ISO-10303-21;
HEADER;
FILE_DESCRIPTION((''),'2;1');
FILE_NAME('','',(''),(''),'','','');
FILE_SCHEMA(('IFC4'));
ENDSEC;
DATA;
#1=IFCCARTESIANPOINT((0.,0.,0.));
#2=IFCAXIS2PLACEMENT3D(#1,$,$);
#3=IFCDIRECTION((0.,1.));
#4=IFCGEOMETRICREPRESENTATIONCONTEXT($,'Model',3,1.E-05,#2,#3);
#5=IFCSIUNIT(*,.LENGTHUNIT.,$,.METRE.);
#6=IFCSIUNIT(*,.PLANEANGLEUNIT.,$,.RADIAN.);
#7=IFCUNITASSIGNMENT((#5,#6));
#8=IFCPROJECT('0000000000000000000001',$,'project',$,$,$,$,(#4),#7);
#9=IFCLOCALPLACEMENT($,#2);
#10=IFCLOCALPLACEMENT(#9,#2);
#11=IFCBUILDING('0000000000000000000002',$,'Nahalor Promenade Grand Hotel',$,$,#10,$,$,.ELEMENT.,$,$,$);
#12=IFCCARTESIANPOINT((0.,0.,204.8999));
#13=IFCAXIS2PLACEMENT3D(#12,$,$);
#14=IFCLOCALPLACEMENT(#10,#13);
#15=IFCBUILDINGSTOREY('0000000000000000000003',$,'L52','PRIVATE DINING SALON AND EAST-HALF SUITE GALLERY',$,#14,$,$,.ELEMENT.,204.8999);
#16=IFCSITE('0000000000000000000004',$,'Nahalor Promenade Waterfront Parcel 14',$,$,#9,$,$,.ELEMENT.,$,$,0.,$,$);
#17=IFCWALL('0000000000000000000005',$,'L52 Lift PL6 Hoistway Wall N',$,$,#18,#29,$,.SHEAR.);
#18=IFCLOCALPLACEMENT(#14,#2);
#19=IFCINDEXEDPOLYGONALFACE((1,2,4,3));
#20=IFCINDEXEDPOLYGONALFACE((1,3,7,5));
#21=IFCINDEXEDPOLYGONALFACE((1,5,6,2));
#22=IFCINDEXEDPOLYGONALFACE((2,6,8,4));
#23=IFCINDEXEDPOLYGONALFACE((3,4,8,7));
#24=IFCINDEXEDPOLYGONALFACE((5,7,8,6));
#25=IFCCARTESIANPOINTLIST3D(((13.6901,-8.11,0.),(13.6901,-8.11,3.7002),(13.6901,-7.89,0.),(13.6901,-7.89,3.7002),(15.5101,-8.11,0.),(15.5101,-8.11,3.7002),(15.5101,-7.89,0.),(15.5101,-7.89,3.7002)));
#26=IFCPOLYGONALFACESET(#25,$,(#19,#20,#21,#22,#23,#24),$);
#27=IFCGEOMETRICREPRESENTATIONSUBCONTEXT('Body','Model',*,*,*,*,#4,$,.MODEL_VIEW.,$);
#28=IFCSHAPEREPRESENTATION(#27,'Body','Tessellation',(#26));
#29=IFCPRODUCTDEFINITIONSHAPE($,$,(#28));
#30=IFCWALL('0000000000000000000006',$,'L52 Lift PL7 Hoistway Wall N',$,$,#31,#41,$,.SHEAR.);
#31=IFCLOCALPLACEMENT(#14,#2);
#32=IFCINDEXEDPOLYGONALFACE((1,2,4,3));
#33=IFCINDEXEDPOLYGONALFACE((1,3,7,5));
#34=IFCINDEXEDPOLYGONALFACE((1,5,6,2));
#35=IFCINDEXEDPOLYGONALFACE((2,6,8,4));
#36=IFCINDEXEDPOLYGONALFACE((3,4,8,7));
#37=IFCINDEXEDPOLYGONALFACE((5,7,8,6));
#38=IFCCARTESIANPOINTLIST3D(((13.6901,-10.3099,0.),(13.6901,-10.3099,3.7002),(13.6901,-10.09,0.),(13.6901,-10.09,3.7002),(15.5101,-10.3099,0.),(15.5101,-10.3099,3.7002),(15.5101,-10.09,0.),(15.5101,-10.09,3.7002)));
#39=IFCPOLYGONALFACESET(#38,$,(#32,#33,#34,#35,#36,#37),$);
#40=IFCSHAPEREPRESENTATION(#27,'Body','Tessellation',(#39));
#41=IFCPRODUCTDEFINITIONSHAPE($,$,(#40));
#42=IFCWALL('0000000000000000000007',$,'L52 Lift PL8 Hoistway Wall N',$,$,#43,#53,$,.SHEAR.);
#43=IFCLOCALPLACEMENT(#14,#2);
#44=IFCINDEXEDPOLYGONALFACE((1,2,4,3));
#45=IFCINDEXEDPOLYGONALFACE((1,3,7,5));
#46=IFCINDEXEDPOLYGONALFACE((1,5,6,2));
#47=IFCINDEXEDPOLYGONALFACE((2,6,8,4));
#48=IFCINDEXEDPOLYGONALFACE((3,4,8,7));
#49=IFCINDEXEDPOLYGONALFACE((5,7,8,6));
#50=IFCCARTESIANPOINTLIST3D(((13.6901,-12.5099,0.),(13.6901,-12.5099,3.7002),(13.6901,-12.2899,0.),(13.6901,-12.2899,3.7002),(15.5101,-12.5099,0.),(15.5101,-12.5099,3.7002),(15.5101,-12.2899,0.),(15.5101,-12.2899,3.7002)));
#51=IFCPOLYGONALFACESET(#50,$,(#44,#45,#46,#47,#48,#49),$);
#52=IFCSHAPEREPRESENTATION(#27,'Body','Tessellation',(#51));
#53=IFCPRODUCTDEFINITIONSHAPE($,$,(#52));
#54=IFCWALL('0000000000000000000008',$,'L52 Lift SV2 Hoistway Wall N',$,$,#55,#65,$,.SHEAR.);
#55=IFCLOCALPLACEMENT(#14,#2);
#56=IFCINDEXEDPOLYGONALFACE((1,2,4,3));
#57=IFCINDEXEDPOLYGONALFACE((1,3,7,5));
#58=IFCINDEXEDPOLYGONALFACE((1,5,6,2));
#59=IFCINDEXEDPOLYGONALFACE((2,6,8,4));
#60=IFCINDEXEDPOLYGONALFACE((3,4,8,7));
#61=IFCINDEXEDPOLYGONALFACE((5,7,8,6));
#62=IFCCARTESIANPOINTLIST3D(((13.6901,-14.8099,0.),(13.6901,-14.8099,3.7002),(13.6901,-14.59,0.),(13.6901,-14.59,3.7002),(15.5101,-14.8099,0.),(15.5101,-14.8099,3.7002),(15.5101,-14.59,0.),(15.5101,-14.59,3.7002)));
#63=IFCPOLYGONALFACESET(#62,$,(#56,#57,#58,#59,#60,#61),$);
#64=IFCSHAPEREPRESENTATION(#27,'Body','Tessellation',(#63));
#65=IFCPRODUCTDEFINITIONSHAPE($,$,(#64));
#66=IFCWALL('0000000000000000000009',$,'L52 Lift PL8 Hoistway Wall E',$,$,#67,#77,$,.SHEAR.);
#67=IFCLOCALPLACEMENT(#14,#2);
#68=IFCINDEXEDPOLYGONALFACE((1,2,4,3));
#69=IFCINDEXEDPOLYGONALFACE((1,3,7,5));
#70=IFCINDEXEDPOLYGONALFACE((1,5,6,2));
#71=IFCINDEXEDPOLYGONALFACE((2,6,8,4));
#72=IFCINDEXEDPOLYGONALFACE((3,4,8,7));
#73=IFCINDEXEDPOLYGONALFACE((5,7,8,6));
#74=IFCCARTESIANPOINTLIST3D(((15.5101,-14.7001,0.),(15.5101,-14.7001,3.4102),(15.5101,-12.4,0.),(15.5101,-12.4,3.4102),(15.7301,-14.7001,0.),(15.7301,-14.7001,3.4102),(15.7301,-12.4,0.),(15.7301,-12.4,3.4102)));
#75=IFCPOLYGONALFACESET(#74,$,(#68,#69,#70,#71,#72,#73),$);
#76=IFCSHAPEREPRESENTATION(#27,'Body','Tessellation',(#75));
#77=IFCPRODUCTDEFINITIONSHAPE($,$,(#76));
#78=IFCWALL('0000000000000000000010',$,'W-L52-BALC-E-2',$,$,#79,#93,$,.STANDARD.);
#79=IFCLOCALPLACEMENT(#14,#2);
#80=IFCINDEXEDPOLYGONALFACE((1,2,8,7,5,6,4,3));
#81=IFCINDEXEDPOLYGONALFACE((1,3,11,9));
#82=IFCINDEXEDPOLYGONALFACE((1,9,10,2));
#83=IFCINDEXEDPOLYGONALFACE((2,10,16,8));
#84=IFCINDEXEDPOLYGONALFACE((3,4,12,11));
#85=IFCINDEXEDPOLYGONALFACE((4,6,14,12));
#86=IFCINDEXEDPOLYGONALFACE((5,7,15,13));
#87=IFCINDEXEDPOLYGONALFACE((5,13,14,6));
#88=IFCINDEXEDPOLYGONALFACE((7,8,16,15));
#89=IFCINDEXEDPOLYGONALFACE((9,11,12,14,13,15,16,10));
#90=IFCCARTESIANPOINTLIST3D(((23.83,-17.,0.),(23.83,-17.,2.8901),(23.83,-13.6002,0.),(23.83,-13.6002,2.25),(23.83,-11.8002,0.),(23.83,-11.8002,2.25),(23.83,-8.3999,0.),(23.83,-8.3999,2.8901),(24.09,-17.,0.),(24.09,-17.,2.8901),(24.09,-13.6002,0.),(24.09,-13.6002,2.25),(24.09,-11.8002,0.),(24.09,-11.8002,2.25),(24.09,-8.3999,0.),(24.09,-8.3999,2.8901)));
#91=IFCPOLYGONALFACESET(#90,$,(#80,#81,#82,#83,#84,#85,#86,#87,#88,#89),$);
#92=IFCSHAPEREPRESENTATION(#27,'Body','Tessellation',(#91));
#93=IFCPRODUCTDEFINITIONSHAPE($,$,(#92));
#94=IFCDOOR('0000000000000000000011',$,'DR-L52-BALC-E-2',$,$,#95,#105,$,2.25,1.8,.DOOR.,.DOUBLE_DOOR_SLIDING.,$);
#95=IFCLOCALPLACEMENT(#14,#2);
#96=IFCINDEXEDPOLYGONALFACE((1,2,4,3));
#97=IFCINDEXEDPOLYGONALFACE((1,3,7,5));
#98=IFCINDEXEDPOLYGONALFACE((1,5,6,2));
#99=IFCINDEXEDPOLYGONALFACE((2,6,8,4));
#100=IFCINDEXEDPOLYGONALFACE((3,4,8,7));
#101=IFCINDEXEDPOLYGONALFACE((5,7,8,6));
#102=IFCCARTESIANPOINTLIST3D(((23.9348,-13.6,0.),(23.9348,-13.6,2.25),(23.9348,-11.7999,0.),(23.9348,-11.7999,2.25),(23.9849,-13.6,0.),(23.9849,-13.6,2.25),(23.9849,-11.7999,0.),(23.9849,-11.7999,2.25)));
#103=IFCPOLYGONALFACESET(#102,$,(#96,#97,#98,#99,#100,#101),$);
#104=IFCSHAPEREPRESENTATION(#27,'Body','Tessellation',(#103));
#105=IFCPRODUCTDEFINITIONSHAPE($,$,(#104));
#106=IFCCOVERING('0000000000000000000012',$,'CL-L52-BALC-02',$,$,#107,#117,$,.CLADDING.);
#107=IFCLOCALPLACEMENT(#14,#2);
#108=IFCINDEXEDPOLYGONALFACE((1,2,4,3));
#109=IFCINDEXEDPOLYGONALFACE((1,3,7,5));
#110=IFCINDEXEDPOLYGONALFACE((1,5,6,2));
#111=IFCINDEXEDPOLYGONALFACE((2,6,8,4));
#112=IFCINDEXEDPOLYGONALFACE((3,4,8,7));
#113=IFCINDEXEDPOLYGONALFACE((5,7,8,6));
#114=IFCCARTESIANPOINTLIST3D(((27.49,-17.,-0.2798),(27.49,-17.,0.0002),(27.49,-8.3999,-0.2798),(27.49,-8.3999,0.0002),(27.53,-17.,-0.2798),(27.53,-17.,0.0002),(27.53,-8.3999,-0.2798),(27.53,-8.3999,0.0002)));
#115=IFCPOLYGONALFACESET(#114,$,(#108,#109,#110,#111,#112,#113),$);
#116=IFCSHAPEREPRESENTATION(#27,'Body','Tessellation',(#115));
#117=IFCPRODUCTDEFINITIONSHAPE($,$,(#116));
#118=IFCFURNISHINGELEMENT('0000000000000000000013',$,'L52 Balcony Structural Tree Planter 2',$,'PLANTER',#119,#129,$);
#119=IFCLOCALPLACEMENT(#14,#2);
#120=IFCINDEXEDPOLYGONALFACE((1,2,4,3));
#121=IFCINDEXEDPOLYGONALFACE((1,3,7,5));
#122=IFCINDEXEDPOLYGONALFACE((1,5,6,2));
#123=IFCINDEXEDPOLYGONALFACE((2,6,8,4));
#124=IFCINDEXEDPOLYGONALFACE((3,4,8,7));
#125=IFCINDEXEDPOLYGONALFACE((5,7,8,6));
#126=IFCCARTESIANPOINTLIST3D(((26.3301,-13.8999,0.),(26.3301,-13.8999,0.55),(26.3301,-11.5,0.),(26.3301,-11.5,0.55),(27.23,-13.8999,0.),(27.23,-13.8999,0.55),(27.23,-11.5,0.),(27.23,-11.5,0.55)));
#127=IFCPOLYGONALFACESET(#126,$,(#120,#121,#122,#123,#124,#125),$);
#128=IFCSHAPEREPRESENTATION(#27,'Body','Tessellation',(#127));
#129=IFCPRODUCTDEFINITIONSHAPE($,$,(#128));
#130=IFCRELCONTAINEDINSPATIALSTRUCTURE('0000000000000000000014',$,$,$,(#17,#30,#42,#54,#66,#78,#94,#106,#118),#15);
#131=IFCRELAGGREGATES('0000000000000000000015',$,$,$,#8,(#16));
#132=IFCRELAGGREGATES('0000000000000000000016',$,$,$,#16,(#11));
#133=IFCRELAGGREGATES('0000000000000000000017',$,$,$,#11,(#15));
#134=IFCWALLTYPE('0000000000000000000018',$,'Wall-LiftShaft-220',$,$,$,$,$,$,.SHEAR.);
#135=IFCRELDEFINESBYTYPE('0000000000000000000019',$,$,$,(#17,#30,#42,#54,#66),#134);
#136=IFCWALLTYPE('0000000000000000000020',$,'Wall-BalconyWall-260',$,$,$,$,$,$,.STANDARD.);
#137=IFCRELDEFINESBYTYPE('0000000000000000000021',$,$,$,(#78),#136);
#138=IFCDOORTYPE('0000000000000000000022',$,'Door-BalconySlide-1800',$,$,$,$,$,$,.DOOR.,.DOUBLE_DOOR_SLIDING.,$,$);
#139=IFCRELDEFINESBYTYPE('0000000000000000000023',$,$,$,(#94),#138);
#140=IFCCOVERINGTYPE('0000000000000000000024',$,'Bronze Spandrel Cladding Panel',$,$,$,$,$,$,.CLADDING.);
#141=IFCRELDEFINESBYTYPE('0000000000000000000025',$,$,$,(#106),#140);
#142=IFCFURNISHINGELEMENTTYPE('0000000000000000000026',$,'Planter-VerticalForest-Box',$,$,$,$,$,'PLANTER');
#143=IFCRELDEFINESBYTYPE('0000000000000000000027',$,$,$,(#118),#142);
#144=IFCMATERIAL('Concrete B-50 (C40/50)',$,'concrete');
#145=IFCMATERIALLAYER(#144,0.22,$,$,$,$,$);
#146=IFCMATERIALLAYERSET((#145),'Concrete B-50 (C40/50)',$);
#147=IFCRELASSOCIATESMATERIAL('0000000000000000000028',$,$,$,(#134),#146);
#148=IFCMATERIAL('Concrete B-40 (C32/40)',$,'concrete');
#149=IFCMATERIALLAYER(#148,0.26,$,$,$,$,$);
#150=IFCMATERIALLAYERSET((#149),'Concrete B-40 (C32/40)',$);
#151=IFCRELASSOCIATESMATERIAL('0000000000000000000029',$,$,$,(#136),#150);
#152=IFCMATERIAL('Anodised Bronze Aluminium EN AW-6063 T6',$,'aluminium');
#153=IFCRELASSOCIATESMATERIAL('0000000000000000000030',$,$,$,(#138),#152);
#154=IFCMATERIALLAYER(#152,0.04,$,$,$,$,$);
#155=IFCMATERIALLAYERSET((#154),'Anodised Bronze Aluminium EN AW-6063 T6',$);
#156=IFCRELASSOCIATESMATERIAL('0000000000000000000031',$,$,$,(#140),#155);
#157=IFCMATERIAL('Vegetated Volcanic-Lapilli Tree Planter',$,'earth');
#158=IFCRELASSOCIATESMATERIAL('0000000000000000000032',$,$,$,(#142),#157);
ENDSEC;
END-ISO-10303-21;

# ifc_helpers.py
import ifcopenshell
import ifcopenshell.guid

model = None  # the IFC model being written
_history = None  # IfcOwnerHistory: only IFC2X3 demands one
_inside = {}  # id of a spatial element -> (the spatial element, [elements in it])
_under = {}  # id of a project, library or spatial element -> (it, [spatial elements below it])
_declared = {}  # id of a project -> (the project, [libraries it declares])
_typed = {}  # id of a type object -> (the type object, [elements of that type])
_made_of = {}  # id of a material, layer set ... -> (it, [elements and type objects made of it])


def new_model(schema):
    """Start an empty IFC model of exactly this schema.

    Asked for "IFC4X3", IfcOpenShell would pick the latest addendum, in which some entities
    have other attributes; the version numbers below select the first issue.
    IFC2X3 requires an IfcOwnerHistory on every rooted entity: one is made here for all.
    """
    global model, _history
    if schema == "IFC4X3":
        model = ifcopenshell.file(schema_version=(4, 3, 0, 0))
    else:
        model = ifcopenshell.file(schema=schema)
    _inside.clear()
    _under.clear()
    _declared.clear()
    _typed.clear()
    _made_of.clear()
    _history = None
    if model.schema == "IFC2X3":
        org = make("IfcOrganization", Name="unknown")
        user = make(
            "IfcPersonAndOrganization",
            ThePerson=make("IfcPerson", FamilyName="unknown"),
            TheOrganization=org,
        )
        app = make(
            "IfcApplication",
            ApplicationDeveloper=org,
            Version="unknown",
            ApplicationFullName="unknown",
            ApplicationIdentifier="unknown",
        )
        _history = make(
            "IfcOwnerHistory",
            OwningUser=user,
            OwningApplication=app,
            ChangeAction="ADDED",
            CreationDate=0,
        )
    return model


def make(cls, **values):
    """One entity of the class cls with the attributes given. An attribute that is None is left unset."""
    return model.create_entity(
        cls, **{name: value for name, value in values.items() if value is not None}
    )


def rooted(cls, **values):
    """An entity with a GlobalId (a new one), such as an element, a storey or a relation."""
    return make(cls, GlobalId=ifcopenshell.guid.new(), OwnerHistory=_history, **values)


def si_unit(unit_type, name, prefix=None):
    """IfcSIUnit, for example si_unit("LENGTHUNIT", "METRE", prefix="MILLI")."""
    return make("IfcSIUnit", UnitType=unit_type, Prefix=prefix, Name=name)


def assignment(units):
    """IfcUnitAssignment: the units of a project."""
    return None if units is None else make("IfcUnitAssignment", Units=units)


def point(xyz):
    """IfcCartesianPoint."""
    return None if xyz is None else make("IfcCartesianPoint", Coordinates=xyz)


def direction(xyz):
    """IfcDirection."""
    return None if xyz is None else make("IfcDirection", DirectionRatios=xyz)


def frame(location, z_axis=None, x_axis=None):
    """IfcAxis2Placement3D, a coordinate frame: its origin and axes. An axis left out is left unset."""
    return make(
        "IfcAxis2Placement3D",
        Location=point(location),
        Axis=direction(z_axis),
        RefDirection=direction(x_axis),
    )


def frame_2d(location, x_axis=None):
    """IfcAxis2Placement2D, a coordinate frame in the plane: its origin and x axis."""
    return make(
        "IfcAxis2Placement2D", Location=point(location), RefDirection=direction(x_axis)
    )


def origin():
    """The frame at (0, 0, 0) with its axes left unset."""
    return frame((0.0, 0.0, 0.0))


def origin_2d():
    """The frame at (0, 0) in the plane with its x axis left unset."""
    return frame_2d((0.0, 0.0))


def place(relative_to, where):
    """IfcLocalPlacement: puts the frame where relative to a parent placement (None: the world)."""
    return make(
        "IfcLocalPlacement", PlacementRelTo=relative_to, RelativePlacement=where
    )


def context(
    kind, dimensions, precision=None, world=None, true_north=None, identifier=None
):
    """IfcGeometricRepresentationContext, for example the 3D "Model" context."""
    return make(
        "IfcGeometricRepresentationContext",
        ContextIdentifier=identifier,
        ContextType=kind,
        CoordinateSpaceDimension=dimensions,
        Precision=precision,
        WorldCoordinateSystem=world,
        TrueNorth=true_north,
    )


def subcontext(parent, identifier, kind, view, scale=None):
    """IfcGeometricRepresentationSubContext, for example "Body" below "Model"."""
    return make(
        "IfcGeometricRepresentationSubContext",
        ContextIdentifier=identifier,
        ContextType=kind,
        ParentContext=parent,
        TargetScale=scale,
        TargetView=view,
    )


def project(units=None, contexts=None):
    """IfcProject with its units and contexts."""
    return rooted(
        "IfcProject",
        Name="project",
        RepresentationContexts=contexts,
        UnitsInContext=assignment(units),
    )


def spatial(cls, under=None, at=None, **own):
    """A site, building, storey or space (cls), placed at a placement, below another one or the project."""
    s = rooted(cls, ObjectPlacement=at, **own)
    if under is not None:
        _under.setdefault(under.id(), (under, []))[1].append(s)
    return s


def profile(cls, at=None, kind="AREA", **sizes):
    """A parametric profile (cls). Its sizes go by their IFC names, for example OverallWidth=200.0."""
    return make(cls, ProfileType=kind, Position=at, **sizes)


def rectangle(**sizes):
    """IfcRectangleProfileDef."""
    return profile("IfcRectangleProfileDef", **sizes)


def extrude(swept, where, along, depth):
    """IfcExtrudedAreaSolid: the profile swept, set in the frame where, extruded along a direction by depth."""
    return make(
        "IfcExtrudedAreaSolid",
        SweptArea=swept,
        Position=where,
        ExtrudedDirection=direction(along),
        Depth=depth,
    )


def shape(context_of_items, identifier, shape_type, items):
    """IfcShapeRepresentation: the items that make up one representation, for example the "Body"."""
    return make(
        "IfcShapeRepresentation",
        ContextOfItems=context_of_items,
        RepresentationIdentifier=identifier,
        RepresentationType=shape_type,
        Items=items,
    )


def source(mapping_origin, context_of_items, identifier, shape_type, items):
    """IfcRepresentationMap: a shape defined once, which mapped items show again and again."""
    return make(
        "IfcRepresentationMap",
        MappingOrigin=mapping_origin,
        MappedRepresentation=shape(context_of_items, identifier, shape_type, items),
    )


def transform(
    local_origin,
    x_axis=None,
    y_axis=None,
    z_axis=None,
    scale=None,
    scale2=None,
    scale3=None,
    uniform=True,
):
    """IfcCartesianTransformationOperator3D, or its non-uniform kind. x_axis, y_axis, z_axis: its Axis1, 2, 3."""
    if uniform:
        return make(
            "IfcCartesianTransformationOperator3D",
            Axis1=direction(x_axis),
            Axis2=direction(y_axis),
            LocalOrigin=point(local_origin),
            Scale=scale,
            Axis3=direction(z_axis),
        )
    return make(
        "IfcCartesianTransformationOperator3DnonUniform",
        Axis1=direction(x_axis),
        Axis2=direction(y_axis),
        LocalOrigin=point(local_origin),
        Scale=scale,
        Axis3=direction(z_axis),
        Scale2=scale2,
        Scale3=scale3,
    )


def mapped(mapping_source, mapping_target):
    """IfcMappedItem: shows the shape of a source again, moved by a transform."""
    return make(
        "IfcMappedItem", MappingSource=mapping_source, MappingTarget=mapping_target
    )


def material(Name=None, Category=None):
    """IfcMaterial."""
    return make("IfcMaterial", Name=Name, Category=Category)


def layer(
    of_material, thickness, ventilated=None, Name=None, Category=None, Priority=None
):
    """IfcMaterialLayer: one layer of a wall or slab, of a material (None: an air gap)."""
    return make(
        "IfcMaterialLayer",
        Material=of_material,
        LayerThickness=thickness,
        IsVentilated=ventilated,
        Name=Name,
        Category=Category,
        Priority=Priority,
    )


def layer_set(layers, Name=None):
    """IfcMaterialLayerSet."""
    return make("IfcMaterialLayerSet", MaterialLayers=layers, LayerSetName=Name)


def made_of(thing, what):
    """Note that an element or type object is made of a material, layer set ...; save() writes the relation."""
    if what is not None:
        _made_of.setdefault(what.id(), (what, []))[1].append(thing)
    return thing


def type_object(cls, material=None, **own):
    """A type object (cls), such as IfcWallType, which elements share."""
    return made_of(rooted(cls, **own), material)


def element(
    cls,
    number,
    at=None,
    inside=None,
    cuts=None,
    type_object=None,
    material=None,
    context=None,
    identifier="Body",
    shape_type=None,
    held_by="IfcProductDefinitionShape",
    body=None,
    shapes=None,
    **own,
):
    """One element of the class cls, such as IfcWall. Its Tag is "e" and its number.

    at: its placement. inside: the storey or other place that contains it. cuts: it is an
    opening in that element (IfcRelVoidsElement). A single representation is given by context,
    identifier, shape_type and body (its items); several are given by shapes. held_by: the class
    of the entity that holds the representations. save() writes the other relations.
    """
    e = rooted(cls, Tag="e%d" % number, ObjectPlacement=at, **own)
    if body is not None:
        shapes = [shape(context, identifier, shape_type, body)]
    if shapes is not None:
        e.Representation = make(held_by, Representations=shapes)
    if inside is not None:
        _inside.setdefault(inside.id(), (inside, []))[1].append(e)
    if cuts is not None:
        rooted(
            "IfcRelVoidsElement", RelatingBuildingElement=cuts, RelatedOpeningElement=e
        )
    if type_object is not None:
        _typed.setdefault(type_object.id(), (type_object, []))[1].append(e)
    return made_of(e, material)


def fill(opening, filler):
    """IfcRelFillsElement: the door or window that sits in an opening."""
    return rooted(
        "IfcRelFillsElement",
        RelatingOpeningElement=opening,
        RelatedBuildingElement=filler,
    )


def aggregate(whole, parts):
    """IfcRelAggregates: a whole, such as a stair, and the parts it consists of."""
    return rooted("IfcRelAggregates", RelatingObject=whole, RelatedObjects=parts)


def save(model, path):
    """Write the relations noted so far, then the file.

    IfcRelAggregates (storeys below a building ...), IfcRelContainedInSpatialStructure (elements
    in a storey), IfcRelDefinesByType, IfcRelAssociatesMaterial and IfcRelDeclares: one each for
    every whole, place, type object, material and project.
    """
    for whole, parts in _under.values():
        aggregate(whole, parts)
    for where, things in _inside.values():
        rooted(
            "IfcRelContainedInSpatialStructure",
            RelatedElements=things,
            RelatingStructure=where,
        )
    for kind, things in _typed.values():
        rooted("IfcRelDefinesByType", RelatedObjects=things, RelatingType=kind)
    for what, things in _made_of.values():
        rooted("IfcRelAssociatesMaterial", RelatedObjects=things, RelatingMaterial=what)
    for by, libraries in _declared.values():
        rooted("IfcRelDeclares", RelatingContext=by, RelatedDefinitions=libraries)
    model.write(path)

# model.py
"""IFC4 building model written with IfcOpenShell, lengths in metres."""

from ifc_helpers import new_model, si_unit, direction, frame, frame_2d, origin, origin_2d, place, context, subcontext, project, spatial, rectangle, extrude, source, transform, mapped, material, layer, layer_set, type_object, element, fill, save


model = new_model("IFC4")

# Units and contexts
model_context = context("Model", 3, precision=1e-05, world=origin(), true_north=direction((0.0, 1.0)))
body_context = subcontext(model_context, "Body", "Model", "MODEL_VIEW")
ifc_project = project(units=[si_unit("LENGTHUNIT", "METRE"), si_unit("PLANEANGLEUNIT", "RADIAN")], contexts=[model_context])

# Site, building, storey
site_placement = place(None, origin())
site = spatial("IfcSite", under=ifc_project, at=site_placement, Name="Nahalor Promenade Waterfront Parcel 14", CompositionType="ELEMENT", RefElevation=0.0)
building_placement = place(site_placement, origin())
building = spatial("IfcBuilding", under=site, at=building_placement, Name="Nahalor Promenade Grand Hotel", CompositionType="ELEMENT")
storey_placement = place(building_placement, frame((0.0, 0.0, 204.8999)))
storey = spatial("IfcBuildingStorey", under=building, at=storey_placement, Name="L52", Description="PRIVATE DINING SALON AND EAST-HALF SUITE GALLERY", CompositionType="ELEMENT", Elevation=204.8999)

# Shared definitions
ifc_material_1 = material(Name="Anodised Bronze Aluminium EN AW-6063 T6", Category="aluminium")

# Walls
ifc_material_2 = material(Name="Concrete B-50 (C40/50)", Category="concrete")
ifc_layer_1 = layer(ifc_material_2, 0.22)
ifc_layer_set_1 = layer_set([ifc_layer_1], Name="Concrete B-50 (C40/50)")
wall_type_1 = type_object("IfcWallType", Name="Wall-LiftShaft-220", PredefinedType="SHEAR", material=ifc_layer_set_1)
shared_shape_1 = source(origin(), body_context, "Body", "SweptSolid", [
    extrude(rectangle(XDim=1.8201, YDim=0.22, at=frame_2d((0.9102, 0.0))), origin(), (0.0, 0.0, 1.0), 3.7002),
])
for number, where, z_axis, x_axis, name in (
    (1, (13.6899, -8.0, 0.0), (0.0, 0.0, 1.0), (1.0, 0.0, 0.0), "L52 Lift PL6 Hoistway Wall N"),
    (2, (13.6899, -10.2, 0.0), (0.0, 0.0, 1.0), (1.0, 0.0, 0.0), "L52 Lift PL7 Hoistway Wall N"),
    (3, (13.6899, -12.3999, 0.0), (0.0, 0.0, 1.0), (1.0, 0.0, 0.0), "L52 Lift PL8 Hoistway Wall N"),
    (4, (13.6899, -14.7, 0.0), (0.0, 0.0, 1.0), (1.0, 0.0, 0.0), "L52 Lift SV2 Hoistway Wall N"),
):
    element("IfcWall", number, at=place(storey_placement, frame(where, z_axis=z_axis, x_axis=x_axis)), inside=storey, type_object=wall_type_1, Name=name, PredefinedType="SHEAR", context=body_context, shape_type="MappedRepresentation", body=[
        mapped(shared_shape_1, transform((0.0, 0.0, 0.0), scale=1.0)),
    ])
shared_shape_2 = source(origin(), body_context, "Body", "SweptSolid", [
    extrude(rectangle(XDim=2.3, YDim=0.22, at=frame_2d((1.1499, 0.0))), origin(), (0.0, 0.0, 1.0), 3.4102),
])
wall_1_placement = place(storey_placement, frame((15.6201, -14.7, 0.0), z_axis=(0.0, 0.0, 1.0), x_axis=(0.0, 1.0, 0.0)))
element("IfcWall", 5, at=wall_1_placement, inside=storey, type_object=wall_type_1, Name="L52 Lift PL8 Hoistway Wall E", PredefinedType="SHEAR", context=body_context, shape_type="MappedRepresentation", body=[
    mapped(shared_shape_2, transform((0.0, 0.0, 0.0), scale=1.0)),
])

# Wall, opening, door
ifc_material_3 = material(Name="Concrete B-40 (C32/40)", Category="concrete")
ifc_layer_2 = layer(ifc_material_3, 0.26)
ifc_layer_set_2 = layer_set([ifc_layer_2], Name="Concrete B-40 (C32/40)")
wall_type_2 = type_object("IfcWallType", Name="Wall-BalconyWall-260", PredefinedType="STANDARD", material=ifc_layer_set_2)
shared_shape_3 = source(origin(), body_context, "Body", "SweptSolid", [
    extrude(rectangle(XDim=8.6001, YDim=0.26, at=frame_2d((4.3, 0.0))), origin(), (0.0, 0.0, 1.0), 2.8901),
])
wall_2_placement = place(storey_placement, frame((23.96, -17.0, 0.0), z_axis=(0.0, 0.0, 1.0), x_axis=(0.0, 1.0, 0.0)))
wall_2 = element("IfcWall", 6, at=wall_2_placement, inside=storey, type_object=wall_type_2, Name="W-L52-BALC-E-2", PredefinedType="STANDARD", context=body_context, shape_type="MappedRepresentation", body=[
    mapped(shared_shape_3, transform((0.0, 0.0, 0.0), scale=1.0)),
])
opening_placement = place(wall_2_placement, frame((3.3999, 0.0, 0.0)))
opening = element("IfcOpeningElement", 7, at=opening_placement, cuts=wall_2, PredefinedType="OPENING", context=body_context, shape_type="SweptSolid", body=[
    extrude(rectangle(XDim=1.8, YDim=2.25, at=frame_2d((0.8999, 1.125))), frame((0.0, 0.1399, 0.0), z_axis=(0.0, -1.0, 0.0), x_axis=(1.0, 0.0, 0.0)), (0.0, 0.0, 1.0), 0.28),
])
door_type = type_object("IfcDoorType", Name="Door-BalconySlide-1800", OperationType="DOUBLE_DOOR_SLIDING", PredefinedType="DOOR", material=ifc_material_1)
shared_shape_4 = source(origin(), body_context, "Body", "SweptSolid", [
    extrude(rectangle(XDim=1.8, YDim=2.25, at=frame_2d((0.8999, 1.125))), frame((0.0, 0.0249, 0.0), z_axis=(0.0, -1.0, 0.0), x_axis=(1.0, 0.0, 0.0)), (0.0, 0.0, 1.0), 0.05),
])
door_placement = place(opening_placement, frame((1.8, 0.0, 0.0), z_axis=(0.0, 0.0, 1.0), x_axis=(-1.0, 0.0, 0.0)))
door = element("IfcDoor", 8, at=door_placement, inside=storey, type_object=door_type, Name="DR-L52-BALC-E-2", OperationType="DOUBLE_DOOR_SLIDING", OverallHeight=2.25, OverallWidth=1.8, PredefinedType="DOOR", context=body_context, shape_type="MappedRepresentation", body=[
    mapped(shared_shape_4, transform((0.0, 0.0, 0.0), scale=1.0)),
])
fill(opening, door)

# Covering
ifc_layer_3 = layer(ifc_material_1, 0.04)
ifc_layer_set_3 = layer_set([ifc_layer_3], Name="Anodised Bronze Aluminium EN AW-6063 T6")
covering_type = type_object("IfcCoveringType", Name="Bronze Spandrel Cladding Panel", PredefinedType="CLADDING", material=ifc_layer_set_3)
shared_shape_5 = source(origin(), body_context, "Body", "SweptSolid", [
    extrude(rectangle(XDim=8.6001, YDim=0.04, at=origin_2d()), origin(), (0.0, 0.0, 1.0), 0.28),
])
covering_placement = place(storey_placement, frame((27.51, -12.7, -0.2798), z_axis=(0.0, 0.0, 1.0), x_axis=(0.0, 1.0, 0.0)))
element("IfcCovering", 9, at=covering_placement, inside=storey, type_object=covering_type, Name="CL-L52-BALC-02", PredefinedType="CLADDING", context=body_context, shape_type="MappedRepresentation", body=[
    mapped(shared_shape_5, transform((0.0, 0.0, 0.0), scale=1.0)),
])

# Furnishing element
ifc_material_4 = material(Name="Vegetated Volcanic-Lapilli Tree Planter", Category="earth")
furnishing_element_type = type_object("IfcFurnishingElementType", Name="Planter-VerticalForest-Box", ElementType="PLANTER", material=ifc_material_4)
shared_shape_6 = source(origin(), body_context, "Body", "SweptSolid", [
    extrude(rectangle(XDim=2.3999, YDim=0.8999, at=origin_2d()), origin(), (0.0, 0.0, 1.0), 0.55),
])
furnishing_placement = place(storey_placement, frame((26.78, -12.7, 0.0), z_axis=(0.0, 0.0, 1.0), x_axis=(0.0, 1.0, 0.0)))
element("IfcFurnishingElement", 10, at=furnishing_placement, inside=storey, type_object=furnishing_element_type, Name="L52 Balcony Structural Tree Planter 2", ObjectType="PLANTER", context=body_context, shape_type="MappedRepresentation", body=[
    mapped(shared_shape_6, transform((0.0, 0.0, 0.0), scale=1.0)),
])

save(model, "model.ifc")
